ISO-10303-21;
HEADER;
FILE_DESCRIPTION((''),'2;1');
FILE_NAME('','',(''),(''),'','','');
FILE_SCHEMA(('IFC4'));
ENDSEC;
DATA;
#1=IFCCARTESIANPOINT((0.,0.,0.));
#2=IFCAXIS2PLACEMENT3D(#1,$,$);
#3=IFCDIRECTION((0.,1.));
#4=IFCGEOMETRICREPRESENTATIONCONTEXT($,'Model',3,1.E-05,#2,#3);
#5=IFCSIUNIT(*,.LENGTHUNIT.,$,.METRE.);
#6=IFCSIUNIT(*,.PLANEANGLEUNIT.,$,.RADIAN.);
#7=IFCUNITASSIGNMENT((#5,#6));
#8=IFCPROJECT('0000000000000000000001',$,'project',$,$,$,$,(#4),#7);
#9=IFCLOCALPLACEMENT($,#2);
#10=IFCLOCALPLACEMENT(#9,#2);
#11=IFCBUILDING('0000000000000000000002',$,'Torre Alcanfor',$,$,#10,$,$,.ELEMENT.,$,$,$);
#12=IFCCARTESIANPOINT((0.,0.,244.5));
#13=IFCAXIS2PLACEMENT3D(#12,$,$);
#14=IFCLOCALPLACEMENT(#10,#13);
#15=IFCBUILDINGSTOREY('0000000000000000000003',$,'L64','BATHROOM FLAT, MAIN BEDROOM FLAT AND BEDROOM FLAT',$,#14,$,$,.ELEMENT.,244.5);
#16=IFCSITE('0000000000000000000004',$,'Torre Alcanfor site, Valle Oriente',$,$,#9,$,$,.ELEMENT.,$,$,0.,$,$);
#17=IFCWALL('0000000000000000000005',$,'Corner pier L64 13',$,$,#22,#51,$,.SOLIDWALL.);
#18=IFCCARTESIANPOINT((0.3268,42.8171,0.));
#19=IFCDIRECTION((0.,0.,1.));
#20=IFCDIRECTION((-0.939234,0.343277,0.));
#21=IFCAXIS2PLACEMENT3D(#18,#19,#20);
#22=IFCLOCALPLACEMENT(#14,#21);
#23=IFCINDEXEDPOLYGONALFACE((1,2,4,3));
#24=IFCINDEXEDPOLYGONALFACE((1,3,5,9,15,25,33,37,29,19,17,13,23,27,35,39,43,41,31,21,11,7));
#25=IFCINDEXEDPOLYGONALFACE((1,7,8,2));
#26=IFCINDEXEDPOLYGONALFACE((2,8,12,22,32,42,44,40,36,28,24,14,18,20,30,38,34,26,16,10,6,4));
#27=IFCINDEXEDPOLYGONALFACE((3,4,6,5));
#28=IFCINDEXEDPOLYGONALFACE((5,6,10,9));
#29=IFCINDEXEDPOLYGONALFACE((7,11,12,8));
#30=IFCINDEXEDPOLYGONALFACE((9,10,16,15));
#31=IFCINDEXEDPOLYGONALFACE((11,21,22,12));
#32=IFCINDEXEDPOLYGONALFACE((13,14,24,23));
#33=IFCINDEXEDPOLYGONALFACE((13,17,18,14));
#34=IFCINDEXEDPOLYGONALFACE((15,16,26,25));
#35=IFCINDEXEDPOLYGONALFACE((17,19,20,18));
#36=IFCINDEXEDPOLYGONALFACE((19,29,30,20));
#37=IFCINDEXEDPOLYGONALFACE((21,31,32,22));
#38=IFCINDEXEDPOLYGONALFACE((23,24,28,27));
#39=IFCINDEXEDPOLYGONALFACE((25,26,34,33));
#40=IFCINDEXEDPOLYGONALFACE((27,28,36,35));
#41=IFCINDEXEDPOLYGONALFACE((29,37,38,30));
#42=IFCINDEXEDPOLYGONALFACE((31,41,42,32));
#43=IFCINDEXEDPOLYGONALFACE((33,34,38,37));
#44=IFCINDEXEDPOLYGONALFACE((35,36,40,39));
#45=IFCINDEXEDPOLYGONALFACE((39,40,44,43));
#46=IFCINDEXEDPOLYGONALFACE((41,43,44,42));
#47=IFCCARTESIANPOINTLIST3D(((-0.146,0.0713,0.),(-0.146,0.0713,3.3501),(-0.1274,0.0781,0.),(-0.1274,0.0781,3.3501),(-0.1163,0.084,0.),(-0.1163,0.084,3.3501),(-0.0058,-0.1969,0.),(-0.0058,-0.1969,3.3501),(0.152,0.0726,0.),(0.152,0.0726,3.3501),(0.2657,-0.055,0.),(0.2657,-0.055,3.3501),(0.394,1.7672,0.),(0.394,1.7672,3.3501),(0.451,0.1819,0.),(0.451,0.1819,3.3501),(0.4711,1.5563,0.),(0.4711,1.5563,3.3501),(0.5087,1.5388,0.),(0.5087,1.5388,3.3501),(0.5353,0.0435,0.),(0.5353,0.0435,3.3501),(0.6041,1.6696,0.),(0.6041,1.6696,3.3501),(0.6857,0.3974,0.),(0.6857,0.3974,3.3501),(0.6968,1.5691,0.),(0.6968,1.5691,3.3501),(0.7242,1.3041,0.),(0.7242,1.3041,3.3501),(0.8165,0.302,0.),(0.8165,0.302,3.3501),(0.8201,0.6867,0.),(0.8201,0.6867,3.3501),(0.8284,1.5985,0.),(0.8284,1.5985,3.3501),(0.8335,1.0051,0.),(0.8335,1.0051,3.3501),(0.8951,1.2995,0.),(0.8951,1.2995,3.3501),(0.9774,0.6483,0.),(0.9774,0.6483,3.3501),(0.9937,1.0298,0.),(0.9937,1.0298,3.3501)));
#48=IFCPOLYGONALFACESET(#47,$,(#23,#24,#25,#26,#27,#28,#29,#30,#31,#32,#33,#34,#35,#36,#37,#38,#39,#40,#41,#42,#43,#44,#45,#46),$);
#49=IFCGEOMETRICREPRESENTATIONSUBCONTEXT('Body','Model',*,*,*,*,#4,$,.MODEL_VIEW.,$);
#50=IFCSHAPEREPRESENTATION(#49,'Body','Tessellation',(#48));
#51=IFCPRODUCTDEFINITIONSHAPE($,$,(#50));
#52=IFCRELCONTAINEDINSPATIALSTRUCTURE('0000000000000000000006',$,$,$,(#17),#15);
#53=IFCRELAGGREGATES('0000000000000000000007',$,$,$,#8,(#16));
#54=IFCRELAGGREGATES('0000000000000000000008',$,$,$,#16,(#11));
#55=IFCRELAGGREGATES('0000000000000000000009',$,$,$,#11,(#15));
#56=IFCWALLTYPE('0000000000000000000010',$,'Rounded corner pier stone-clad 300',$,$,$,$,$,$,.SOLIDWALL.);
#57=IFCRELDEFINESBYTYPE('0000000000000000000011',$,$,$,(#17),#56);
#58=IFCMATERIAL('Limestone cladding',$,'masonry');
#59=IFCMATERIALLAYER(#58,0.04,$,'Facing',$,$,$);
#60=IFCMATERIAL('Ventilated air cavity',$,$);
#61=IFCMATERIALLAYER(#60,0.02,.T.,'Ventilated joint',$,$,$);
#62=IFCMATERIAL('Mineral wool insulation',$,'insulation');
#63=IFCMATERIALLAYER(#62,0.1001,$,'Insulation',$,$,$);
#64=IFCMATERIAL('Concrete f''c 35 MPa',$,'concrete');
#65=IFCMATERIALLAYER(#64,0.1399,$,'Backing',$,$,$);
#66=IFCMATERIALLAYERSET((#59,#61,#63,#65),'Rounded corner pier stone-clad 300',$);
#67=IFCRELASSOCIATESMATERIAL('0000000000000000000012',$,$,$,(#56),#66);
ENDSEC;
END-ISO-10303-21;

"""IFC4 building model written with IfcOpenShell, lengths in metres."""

from ifc_helpers import new_model, si_unit, direction, frame, origin, place, context, subcontext, project, spatial, polyline, outline, extrude, material, layer, layer_set, type_object, element, save


model = new_model("IFC4")

# Units and contexts
model_context = context("Model", 3, precision=1e-05, world=origin(), true_north=direction((0.0, 1.0)))
body_context = subcontext(model_context, "Body", "Model", "MODEL_VIEW")
ifc_project = project(units=[si_unit("LENGTHUNIT", "METRE"), si_unit("PLANEANGLEUNIT", "RADIAN")], contexts=[model_context])

# Site, building, storey
site_placement = place(None, origin())
site = spatial("IfcSite", under=ifc_project, at=site_placement, Name="Torre Alcanfor site, Valle Oriente", CompositionType="ELEMENT", RefElevation=0.0)
building_placement = place(site_placement, origin())
building = spatial("IfcBuilding", under=site, at=building_placement, Name="Torre Alcanfor", CompositionType="ELEMENT")
storey_placement = place(building_placement, frame((0.0, 0.0, 244.5)))
storey = spatial("IfcBuildingStorey", under=building, at=storey_placement, Name="L64", Description="BATHROOM FLAT, MAIN BEDROOM FLAT AND BEDROOM FLAT", CompositionType="ELEMENT", Elevation=244.5)

# Wall
ifc_material_1 = material(Name="Limestone cladding", Category="masonry")
ifc_layer_1 = layer(ifc_material_1, 0.04, Name="Facing")
ifc_material_2 = material(Name="Ventilated air cavity")
ifc_layer_2 = layer(ifc_material_2, 0.02, ventilated=True, Name="Ventilated joint")
ifc_material_3 = material(Name="Mineral wool insulation", Category="insulation")
ifc_layer_3 = layer(ifc_material_3, 0.1001, Name="Insulation")
ifc_material_4 = material(Name="Concrete f'c 35 MPa", Category="concrete")
ifc_layer_4 = layer(ifc_material_4, 0.1399, Name="Backing")
ifc_layer_set_1 = layer_set([ifc_layer_1, ifc_layer_2, ifc_layer_3, ifc_layer_4], Name="Rounded corner pier stone-clad 300")
wall_type_1 = type_object("IfcWallType", Name="Rounded corner pier stone-clad 300", PredefinedType="SOLIDWALL", material=ifc_layer_set_1)
wall_1_placement = place(storey_placement, frame((0.3268, 42.8171, 0.0), z_axis=(0.0, 0.0, 1.0), x_axis=(-0.939234, 0.343277, 0.0)))
element("IfcWall", 1, at=wall_1_placement, inside=storey, type_object=wall_type_1, Name="Corner pier L64 13", PredefinedType="SOLIDWALL", context=body_context, shape_type="SweptSolid", body=[
    extrude(outline(polyline([(-0.0058, -0.1969), (0.2657, -0.055), (0.5353, 0.0435), (0.8165, 0.302), (0.9774, 0.6483), (0.9937, 1.0298), (0.8951, 1.2995), (0.8284, 1.5985), (0.6968, 1.5691), (0.6041, 1.6696), (0.394, 1.7672), (0.4711, 1.5563), (0.5087, 1.5388), (0.7242, 1.3041), (0.8335, 1.0051), (0.8201, 0.6867), (0.6857, 0.3974), (0.451, 0.1819), (0.152, 0.0726), (-0.1163, 0.084), (-0.1274, 0.0781), (-0.146, 0.0713), (-0.0058, -0.1969)])), origin(), (0.0, 0.0, 1.0), 3.3501),
])

save(model, "model.ifc")
